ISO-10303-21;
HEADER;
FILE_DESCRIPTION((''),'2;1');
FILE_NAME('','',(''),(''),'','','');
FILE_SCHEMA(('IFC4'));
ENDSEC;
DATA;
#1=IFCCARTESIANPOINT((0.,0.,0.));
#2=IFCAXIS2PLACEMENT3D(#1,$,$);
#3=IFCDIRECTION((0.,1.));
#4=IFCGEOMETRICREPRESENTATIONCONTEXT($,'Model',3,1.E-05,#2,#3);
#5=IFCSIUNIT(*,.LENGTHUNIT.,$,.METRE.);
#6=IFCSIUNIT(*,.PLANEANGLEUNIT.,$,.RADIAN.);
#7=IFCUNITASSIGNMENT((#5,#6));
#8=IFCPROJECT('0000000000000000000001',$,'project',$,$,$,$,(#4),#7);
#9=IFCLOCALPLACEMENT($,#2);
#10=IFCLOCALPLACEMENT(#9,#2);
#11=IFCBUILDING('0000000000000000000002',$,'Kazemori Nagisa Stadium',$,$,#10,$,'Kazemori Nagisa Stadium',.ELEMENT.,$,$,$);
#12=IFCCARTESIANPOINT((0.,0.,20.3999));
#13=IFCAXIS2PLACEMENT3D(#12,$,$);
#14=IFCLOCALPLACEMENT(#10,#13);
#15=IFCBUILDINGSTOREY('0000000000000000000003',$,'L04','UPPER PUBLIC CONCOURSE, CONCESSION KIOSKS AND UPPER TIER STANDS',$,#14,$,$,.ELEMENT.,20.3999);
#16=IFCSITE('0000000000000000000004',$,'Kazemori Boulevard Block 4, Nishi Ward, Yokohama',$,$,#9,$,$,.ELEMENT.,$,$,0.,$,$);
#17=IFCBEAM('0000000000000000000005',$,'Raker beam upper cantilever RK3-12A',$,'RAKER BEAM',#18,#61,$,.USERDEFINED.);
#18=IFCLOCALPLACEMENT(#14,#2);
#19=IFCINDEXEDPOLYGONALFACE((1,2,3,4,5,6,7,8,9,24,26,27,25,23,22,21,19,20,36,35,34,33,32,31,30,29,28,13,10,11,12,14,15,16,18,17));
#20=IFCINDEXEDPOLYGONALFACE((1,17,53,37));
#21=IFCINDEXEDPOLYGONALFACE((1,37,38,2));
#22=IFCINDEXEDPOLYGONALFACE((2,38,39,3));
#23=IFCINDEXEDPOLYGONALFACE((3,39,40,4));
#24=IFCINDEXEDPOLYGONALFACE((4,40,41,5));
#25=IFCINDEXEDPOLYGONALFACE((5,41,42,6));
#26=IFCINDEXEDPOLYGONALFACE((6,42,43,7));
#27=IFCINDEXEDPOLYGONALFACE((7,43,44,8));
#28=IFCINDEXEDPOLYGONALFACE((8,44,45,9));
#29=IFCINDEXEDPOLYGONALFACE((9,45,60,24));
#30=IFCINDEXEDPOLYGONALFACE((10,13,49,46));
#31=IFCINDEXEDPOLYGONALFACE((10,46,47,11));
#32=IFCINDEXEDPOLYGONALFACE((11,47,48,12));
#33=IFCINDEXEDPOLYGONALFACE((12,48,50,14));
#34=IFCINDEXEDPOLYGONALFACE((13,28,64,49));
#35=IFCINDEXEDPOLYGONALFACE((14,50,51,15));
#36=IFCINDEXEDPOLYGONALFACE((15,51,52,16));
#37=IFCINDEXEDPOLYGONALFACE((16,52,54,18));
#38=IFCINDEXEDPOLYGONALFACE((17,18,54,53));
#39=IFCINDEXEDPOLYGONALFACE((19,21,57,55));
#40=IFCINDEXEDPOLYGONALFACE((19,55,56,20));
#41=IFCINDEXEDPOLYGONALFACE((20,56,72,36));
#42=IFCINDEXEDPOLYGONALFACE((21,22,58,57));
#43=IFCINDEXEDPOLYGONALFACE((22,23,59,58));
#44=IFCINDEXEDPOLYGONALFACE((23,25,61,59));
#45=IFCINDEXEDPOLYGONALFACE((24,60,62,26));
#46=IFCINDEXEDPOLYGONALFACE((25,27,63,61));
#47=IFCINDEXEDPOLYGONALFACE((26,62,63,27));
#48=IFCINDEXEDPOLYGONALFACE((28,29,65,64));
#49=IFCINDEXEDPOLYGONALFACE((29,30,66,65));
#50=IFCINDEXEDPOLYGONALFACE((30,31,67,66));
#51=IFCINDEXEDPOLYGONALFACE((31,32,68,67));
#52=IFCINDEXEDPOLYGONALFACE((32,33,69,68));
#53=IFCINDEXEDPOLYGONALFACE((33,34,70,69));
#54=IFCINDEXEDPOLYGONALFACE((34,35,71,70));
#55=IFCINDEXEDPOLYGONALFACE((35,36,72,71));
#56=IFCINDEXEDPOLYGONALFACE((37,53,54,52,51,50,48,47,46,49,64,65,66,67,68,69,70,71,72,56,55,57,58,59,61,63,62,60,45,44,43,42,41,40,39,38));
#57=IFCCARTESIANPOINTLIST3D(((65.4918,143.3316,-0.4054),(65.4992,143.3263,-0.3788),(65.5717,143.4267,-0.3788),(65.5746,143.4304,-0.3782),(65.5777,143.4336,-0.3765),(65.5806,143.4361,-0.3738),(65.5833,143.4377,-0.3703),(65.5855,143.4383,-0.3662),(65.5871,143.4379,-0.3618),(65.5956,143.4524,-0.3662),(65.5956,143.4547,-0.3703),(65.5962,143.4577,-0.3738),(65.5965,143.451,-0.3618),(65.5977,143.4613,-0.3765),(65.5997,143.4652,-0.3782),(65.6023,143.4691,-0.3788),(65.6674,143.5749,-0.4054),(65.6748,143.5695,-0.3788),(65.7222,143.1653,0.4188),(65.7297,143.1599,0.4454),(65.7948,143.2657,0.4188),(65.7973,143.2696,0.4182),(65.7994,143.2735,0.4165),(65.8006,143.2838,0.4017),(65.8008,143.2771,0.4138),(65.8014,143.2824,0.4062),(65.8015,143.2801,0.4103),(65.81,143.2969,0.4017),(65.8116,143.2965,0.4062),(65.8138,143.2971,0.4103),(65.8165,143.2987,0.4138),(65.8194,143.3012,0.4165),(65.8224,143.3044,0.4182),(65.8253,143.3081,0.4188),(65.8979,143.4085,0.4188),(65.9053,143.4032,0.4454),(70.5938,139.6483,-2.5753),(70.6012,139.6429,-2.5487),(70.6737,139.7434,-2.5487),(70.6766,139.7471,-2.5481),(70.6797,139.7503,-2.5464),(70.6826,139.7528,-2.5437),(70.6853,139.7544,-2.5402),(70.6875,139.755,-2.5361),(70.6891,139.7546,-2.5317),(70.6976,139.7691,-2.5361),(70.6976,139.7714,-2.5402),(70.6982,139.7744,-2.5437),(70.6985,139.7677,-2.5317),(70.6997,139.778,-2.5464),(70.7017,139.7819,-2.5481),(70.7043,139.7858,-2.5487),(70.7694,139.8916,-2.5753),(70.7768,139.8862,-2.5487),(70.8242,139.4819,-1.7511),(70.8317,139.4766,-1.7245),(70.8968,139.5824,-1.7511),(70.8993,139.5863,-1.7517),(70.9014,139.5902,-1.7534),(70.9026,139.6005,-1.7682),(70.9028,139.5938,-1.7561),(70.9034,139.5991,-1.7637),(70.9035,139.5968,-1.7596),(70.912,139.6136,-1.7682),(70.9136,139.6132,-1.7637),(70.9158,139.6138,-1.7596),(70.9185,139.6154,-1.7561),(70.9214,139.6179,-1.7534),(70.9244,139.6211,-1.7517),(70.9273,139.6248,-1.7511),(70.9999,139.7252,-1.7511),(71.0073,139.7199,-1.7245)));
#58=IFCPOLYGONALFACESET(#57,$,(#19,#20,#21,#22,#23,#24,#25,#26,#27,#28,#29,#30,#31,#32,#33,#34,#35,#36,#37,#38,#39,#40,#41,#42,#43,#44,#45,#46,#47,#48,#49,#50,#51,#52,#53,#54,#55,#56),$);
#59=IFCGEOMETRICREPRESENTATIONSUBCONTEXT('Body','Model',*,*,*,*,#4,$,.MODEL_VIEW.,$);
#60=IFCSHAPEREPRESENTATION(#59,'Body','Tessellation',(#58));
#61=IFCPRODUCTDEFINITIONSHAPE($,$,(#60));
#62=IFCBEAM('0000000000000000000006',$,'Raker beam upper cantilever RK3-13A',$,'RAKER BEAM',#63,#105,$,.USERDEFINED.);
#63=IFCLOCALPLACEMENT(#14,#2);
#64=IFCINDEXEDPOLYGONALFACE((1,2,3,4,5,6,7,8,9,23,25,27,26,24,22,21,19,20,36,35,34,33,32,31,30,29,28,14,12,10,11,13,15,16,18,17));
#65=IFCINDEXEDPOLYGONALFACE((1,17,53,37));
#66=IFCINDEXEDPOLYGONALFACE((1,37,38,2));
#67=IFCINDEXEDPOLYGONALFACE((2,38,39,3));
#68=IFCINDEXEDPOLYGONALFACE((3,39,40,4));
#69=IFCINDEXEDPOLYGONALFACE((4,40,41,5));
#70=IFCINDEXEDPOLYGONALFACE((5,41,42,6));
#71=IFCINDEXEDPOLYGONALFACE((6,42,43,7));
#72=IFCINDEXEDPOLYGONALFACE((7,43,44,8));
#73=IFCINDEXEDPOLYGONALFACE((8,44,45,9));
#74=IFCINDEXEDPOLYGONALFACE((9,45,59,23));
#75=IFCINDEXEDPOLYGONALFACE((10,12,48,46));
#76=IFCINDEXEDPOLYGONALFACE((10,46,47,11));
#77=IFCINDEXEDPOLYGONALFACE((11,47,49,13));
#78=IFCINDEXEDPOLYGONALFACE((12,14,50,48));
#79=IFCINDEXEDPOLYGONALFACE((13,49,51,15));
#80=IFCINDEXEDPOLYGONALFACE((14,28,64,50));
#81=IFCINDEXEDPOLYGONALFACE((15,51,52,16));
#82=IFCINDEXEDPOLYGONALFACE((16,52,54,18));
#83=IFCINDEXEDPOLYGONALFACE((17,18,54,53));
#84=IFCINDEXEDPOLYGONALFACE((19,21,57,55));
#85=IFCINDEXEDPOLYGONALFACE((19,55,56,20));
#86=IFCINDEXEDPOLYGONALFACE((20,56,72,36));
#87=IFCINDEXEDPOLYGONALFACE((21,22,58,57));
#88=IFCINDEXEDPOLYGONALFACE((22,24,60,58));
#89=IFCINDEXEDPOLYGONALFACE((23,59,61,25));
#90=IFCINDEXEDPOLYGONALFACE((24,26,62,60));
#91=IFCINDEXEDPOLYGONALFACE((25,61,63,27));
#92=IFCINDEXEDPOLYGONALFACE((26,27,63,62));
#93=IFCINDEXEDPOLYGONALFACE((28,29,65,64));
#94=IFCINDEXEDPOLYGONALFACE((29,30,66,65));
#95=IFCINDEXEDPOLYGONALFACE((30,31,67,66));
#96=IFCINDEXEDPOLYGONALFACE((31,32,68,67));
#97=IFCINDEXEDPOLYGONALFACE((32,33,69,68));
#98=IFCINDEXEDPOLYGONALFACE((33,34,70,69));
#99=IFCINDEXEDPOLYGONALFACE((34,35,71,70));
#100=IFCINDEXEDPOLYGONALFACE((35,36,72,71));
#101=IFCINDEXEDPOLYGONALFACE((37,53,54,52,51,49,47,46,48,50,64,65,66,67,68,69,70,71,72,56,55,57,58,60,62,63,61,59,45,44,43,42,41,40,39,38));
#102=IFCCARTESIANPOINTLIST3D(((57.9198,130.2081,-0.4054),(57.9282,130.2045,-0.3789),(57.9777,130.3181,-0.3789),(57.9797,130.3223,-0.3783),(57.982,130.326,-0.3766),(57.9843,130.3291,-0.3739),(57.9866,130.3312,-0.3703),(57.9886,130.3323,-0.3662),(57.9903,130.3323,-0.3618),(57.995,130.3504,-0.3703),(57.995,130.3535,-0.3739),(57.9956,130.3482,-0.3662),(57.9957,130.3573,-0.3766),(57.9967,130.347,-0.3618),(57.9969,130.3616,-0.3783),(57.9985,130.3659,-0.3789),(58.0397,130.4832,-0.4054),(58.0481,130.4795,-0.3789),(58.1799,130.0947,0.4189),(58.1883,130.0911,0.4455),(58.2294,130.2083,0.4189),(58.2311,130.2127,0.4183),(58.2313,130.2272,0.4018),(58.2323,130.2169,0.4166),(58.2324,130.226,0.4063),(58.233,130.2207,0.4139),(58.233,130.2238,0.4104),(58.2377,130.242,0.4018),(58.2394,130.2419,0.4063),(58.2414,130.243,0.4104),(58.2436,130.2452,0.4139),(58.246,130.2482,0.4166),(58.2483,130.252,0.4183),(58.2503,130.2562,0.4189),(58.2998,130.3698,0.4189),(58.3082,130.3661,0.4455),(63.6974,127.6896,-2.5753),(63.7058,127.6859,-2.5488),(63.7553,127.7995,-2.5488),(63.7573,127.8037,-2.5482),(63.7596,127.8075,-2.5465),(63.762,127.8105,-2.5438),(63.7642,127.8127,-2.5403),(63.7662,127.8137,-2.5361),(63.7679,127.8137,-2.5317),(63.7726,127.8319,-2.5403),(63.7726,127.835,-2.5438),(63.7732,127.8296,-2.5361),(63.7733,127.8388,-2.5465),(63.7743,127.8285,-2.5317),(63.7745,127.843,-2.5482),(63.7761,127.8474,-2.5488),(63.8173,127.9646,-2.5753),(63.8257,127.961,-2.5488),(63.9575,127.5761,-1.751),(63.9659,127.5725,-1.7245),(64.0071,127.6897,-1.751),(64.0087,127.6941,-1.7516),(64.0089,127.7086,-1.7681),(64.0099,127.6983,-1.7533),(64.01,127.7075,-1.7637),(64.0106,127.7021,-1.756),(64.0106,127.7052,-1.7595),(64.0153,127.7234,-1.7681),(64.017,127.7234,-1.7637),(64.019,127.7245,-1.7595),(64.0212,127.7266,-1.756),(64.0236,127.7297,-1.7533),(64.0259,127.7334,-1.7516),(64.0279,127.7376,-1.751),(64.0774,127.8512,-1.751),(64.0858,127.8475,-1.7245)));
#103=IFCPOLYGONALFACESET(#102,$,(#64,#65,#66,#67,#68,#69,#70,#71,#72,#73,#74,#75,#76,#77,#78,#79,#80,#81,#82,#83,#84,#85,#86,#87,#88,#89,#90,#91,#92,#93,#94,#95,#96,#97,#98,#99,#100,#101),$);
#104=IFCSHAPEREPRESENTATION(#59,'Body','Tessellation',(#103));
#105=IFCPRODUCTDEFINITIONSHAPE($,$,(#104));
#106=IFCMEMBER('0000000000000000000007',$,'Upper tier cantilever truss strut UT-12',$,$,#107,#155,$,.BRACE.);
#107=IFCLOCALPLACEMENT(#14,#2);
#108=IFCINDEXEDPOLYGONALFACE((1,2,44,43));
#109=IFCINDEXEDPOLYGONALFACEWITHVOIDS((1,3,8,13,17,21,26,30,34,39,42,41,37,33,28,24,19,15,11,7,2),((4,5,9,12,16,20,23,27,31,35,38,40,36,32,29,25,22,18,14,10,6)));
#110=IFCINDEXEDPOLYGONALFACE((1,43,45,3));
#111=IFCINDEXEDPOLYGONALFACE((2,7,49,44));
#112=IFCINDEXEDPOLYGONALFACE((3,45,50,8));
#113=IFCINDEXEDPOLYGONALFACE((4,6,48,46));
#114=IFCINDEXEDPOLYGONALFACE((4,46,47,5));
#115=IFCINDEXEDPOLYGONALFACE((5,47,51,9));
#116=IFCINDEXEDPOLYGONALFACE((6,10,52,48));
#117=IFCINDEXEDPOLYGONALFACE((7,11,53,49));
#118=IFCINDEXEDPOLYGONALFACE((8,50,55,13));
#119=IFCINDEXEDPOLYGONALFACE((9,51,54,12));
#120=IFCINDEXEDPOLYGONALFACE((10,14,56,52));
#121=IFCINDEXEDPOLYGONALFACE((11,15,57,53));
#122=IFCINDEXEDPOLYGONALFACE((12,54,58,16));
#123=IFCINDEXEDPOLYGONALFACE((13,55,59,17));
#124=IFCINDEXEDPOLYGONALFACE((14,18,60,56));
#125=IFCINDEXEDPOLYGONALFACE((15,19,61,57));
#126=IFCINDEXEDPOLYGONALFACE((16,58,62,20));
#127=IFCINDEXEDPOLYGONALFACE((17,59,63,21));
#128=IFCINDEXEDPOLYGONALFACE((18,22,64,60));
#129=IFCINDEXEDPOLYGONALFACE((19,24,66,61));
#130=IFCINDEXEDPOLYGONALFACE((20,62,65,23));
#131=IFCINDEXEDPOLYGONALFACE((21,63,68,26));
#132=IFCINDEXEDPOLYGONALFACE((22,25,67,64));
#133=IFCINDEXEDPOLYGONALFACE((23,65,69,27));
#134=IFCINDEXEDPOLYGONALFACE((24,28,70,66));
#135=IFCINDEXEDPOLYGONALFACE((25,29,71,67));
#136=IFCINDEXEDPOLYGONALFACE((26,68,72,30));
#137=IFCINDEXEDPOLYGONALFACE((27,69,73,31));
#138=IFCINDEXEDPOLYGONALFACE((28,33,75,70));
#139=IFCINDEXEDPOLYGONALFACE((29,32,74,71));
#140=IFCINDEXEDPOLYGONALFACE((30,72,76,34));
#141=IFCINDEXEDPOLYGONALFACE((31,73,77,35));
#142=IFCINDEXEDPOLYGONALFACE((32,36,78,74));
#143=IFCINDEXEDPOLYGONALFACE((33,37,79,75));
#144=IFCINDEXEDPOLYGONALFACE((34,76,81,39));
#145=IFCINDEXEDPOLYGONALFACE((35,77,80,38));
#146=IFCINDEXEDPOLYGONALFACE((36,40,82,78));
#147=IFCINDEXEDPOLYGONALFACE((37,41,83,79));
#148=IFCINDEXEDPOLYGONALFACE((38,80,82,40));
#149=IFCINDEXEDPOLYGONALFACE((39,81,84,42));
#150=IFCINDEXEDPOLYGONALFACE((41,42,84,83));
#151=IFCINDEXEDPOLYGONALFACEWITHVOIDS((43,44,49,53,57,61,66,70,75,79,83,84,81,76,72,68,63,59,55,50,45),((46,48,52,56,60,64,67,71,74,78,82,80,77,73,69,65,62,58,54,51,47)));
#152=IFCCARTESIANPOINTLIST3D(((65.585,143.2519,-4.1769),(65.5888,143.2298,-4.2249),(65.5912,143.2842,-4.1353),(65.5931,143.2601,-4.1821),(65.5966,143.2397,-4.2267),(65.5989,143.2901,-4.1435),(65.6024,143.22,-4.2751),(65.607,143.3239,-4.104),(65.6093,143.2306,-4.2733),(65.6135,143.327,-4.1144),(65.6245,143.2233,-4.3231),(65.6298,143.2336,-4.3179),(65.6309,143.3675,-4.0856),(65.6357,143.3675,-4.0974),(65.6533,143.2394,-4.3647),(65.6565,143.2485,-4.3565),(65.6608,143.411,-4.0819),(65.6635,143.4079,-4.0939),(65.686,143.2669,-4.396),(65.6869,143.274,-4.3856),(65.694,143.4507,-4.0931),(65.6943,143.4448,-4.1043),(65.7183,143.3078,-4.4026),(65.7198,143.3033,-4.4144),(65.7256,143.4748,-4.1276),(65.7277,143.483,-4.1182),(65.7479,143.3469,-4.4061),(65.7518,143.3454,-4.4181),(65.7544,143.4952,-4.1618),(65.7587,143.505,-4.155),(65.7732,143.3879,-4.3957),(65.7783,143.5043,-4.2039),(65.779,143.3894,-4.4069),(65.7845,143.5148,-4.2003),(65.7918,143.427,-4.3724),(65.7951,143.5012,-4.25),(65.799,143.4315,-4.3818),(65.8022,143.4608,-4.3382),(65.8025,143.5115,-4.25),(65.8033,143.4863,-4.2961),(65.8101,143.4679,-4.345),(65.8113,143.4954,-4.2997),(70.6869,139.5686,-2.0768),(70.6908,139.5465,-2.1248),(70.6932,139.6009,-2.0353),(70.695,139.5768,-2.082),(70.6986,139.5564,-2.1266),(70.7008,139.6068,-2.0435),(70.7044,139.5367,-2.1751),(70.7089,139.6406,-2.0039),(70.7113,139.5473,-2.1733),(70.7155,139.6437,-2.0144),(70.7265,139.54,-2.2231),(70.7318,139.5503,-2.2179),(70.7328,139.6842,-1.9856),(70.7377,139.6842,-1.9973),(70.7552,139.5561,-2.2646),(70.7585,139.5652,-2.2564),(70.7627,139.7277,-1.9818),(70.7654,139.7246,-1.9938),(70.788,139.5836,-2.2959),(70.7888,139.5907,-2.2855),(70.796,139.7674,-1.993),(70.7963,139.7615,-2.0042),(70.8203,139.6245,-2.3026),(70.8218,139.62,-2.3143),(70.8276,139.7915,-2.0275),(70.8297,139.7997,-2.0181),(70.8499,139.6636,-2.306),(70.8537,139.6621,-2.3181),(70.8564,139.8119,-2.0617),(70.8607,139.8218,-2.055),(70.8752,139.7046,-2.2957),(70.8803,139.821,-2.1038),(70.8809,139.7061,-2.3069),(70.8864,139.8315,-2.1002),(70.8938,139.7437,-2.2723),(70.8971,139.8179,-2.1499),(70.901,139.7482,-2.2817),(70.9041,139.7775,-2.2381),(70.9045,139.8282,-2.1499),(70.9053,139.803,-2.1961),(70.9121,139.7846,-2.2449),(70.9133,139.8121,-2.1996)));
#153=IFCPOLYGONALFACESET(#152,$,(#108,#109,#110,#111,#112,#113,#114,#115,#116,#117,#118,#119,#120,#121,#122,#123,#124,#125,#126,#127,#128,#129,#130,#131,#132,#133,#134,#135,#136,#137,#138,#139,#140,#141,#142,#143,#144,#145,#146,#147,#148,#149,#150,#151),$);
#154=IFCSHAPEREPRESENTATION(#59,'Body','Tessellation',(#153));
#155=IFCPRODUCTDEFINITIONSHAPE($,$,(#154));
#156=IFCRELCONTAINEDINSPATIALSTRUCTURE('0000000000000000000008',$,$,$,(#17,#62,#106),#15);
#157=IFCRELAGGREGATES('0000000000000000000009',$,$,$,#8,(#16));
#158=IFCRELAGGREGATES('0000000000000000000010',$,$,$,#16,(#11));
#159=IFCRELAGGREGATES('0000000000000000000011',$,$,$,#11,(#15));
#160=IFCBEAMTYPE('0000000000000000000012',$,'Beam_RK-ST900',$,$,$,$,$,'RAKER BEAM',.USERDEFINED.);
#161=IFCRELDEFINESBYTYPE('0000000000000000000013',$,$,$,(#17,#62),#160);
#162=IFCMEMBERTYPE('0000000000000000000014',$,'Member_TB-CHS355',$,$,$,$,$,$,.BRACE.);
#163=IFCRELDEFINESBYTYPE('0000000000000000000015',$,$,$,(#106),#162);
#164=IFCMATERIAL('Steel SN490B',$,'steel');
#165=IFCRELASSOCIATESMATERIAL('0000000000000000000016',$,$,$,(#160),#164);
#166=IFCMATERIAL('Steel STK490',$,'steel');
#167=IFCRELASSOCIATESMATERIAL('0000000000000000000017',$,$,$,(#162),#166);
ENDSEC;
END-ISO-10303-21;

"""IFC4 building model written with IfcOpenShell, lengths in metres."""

from ifc_helpers import new_model, si_unit, direction, frame, origin, origin_2d, place, context, subcontext, project, spatial, hollow_circle, i_section, extrude, material, material_profile, profile_set, type_object, element, save


model = new_model("IFC4")

# Units and contexts
model_context = context("Model", 3, precision=1e-05, world=origin(), true_north=direction((0.0, 1.0)))
body_context = subcontext(model_context, "Body", "Model", "MODEL_VIEW")
ifc_project = project(units=[si_unit("LENGTHUNIT", "METRE"), si_unit("PLANEANGLEUNIT", "RADIAN")], contexts=[model_context])

# Site, building, storey
site_placement = place(None, origin())
site = spatial("IfcSite", under=ifc_project, at=site_placement, Name="Kazemori Boulevard Block 4, Nishi Ward, Yokohama", CompositionType="ELEMENT", RefElevation=0.0)
building_placement = place(site_placement, origin())
building = spatial("IfcBuilding", under=site, at=building_placement, Name="Kazemori Nagisa Stadium", LongName="Kazemori Nagisa Stadium", CompositionType="ELEMENT")
storey_placement = place(building_placement, frame((0.0, 0.0, 20.3999)))
storey = spatial("IfcBuildingStorey", under=building, at=storey_placement, Name="L04", Description="UPPER PUBLIC CONCOURSE, CONCESSION KIOSKS AND UPPER TIER STANDS", CompositionType="ELEMENT", Elevation=20.3999)

# Beams
ifc_material_1 = material(Name="Steel SN490B", Category="steel")
ifc_material_profile_1 = material_profile(ifc_material_1, i_section(OverallWidth=0.3, OverallDepth=0.8999, WebThickness=0.0161, FlangeThickness=0.0281, FilletRadius=0.0181, at=origin_2d()), Name="H-900x300x16x28")
ifc_profile_set_1 = profile_set([ifc_material_profile_1], Name="Steel SN490B")
beam_type_1 = type_object("IfcBeamType", Name="Beam_RK-ST900", ElementType="RAKER BEAM", PredefinedType="USERDEFINED", material=ifc_profile_set_1)
beam_1_placement = place(storey_placement, frame((70.8005, 139.6841, -2.1499), z_axis=(-0.766498, 0.553362, 0.325994), x_axis=(-0.585338, -0.81079, 0.0)))
element("IfcBeam", 1, at=beam_1_placement, inside=storey, type_object=beam_type_1, Name="Raker beam upper cantilever RK3-12A", ObjectType="RAKER BEAM", PredefinedType="USERDEFINED", context=body_context, shape_type="SweptSolid", body=[
    extrude(i_section(OverallWidth=0.3, OverallDepth=0.8999, WebThickness=0.0161, FlangeThickness=0.0281, FilletRadius=0.0181, at=origin_2d()), origin(), (0.0, 0.0, 1.0), 6.6562),
])
beam_2_placement = place(storey_placement, frame((63.8916, 127.7686, -2.1499), z_axis=(-0.866758, 0.377835, 0.325533), x_axis=(-0.399601, -0.916689, 0.0)))
element("IfcBeam", 2, at=beam_2_placement, inside=storey, type_object=beam_type_1, Name="Raker beam upper cantilever RK3-13A", ObjectType="RAKER BEAM", PredefinedType="USERDEFINED", context=body_context, shape_type="SweptSolid", body=[
    extrude(i_section(OverallWidth=0.3, OverallDepth=0.8999, WebThickness=0.0161, FlangeThickness=0.0281, FilletRadius=0.0181, at=origin_2d()), origin(), (0.0, 0.0, 1.0), 6.6658),
])

# Member
ifc_material_2 = material(Name="Steel STK490", Category="steel")
ifc_material_profile_2 = material_profile(ifc_material_2, hollow_circle(Radius=0.1777, WallThickness=0.0127, at=origin_2d()), Name="CHS-355.6x12.7")
ifc_profile_set_2 = profile_set([ifc_material_profile_2], Name="Steel STK490")
member_type = type_object("IfcMemberType", Name="Member_TB-CHS355", PredefinedType="BRACE", material=ifc_profile_set_2)
member_1_placement = place(storey_placement, frame((65.6985, 143.3674, -4.25), z_axis=(0.76909, -0.555233, 0.316571), x_axis=(0.585338, 0.81079, 0.0)))
element("IfcMember", 3, at=member_1_placement, inside=storey, type_object=member_type, Name="Upper tier cantilever truss strut UT-12", PredefinedType="BRACE", context=body_context, shape_type="SweptSolid", body=[
    extrude(hollow_circle(Radius=0.1777, WallThickness=0.0127, at=origin_2d()), origin(), (0.0, 0.0, 1.0), 6.6338),
])

save(model, "model.ifc")
